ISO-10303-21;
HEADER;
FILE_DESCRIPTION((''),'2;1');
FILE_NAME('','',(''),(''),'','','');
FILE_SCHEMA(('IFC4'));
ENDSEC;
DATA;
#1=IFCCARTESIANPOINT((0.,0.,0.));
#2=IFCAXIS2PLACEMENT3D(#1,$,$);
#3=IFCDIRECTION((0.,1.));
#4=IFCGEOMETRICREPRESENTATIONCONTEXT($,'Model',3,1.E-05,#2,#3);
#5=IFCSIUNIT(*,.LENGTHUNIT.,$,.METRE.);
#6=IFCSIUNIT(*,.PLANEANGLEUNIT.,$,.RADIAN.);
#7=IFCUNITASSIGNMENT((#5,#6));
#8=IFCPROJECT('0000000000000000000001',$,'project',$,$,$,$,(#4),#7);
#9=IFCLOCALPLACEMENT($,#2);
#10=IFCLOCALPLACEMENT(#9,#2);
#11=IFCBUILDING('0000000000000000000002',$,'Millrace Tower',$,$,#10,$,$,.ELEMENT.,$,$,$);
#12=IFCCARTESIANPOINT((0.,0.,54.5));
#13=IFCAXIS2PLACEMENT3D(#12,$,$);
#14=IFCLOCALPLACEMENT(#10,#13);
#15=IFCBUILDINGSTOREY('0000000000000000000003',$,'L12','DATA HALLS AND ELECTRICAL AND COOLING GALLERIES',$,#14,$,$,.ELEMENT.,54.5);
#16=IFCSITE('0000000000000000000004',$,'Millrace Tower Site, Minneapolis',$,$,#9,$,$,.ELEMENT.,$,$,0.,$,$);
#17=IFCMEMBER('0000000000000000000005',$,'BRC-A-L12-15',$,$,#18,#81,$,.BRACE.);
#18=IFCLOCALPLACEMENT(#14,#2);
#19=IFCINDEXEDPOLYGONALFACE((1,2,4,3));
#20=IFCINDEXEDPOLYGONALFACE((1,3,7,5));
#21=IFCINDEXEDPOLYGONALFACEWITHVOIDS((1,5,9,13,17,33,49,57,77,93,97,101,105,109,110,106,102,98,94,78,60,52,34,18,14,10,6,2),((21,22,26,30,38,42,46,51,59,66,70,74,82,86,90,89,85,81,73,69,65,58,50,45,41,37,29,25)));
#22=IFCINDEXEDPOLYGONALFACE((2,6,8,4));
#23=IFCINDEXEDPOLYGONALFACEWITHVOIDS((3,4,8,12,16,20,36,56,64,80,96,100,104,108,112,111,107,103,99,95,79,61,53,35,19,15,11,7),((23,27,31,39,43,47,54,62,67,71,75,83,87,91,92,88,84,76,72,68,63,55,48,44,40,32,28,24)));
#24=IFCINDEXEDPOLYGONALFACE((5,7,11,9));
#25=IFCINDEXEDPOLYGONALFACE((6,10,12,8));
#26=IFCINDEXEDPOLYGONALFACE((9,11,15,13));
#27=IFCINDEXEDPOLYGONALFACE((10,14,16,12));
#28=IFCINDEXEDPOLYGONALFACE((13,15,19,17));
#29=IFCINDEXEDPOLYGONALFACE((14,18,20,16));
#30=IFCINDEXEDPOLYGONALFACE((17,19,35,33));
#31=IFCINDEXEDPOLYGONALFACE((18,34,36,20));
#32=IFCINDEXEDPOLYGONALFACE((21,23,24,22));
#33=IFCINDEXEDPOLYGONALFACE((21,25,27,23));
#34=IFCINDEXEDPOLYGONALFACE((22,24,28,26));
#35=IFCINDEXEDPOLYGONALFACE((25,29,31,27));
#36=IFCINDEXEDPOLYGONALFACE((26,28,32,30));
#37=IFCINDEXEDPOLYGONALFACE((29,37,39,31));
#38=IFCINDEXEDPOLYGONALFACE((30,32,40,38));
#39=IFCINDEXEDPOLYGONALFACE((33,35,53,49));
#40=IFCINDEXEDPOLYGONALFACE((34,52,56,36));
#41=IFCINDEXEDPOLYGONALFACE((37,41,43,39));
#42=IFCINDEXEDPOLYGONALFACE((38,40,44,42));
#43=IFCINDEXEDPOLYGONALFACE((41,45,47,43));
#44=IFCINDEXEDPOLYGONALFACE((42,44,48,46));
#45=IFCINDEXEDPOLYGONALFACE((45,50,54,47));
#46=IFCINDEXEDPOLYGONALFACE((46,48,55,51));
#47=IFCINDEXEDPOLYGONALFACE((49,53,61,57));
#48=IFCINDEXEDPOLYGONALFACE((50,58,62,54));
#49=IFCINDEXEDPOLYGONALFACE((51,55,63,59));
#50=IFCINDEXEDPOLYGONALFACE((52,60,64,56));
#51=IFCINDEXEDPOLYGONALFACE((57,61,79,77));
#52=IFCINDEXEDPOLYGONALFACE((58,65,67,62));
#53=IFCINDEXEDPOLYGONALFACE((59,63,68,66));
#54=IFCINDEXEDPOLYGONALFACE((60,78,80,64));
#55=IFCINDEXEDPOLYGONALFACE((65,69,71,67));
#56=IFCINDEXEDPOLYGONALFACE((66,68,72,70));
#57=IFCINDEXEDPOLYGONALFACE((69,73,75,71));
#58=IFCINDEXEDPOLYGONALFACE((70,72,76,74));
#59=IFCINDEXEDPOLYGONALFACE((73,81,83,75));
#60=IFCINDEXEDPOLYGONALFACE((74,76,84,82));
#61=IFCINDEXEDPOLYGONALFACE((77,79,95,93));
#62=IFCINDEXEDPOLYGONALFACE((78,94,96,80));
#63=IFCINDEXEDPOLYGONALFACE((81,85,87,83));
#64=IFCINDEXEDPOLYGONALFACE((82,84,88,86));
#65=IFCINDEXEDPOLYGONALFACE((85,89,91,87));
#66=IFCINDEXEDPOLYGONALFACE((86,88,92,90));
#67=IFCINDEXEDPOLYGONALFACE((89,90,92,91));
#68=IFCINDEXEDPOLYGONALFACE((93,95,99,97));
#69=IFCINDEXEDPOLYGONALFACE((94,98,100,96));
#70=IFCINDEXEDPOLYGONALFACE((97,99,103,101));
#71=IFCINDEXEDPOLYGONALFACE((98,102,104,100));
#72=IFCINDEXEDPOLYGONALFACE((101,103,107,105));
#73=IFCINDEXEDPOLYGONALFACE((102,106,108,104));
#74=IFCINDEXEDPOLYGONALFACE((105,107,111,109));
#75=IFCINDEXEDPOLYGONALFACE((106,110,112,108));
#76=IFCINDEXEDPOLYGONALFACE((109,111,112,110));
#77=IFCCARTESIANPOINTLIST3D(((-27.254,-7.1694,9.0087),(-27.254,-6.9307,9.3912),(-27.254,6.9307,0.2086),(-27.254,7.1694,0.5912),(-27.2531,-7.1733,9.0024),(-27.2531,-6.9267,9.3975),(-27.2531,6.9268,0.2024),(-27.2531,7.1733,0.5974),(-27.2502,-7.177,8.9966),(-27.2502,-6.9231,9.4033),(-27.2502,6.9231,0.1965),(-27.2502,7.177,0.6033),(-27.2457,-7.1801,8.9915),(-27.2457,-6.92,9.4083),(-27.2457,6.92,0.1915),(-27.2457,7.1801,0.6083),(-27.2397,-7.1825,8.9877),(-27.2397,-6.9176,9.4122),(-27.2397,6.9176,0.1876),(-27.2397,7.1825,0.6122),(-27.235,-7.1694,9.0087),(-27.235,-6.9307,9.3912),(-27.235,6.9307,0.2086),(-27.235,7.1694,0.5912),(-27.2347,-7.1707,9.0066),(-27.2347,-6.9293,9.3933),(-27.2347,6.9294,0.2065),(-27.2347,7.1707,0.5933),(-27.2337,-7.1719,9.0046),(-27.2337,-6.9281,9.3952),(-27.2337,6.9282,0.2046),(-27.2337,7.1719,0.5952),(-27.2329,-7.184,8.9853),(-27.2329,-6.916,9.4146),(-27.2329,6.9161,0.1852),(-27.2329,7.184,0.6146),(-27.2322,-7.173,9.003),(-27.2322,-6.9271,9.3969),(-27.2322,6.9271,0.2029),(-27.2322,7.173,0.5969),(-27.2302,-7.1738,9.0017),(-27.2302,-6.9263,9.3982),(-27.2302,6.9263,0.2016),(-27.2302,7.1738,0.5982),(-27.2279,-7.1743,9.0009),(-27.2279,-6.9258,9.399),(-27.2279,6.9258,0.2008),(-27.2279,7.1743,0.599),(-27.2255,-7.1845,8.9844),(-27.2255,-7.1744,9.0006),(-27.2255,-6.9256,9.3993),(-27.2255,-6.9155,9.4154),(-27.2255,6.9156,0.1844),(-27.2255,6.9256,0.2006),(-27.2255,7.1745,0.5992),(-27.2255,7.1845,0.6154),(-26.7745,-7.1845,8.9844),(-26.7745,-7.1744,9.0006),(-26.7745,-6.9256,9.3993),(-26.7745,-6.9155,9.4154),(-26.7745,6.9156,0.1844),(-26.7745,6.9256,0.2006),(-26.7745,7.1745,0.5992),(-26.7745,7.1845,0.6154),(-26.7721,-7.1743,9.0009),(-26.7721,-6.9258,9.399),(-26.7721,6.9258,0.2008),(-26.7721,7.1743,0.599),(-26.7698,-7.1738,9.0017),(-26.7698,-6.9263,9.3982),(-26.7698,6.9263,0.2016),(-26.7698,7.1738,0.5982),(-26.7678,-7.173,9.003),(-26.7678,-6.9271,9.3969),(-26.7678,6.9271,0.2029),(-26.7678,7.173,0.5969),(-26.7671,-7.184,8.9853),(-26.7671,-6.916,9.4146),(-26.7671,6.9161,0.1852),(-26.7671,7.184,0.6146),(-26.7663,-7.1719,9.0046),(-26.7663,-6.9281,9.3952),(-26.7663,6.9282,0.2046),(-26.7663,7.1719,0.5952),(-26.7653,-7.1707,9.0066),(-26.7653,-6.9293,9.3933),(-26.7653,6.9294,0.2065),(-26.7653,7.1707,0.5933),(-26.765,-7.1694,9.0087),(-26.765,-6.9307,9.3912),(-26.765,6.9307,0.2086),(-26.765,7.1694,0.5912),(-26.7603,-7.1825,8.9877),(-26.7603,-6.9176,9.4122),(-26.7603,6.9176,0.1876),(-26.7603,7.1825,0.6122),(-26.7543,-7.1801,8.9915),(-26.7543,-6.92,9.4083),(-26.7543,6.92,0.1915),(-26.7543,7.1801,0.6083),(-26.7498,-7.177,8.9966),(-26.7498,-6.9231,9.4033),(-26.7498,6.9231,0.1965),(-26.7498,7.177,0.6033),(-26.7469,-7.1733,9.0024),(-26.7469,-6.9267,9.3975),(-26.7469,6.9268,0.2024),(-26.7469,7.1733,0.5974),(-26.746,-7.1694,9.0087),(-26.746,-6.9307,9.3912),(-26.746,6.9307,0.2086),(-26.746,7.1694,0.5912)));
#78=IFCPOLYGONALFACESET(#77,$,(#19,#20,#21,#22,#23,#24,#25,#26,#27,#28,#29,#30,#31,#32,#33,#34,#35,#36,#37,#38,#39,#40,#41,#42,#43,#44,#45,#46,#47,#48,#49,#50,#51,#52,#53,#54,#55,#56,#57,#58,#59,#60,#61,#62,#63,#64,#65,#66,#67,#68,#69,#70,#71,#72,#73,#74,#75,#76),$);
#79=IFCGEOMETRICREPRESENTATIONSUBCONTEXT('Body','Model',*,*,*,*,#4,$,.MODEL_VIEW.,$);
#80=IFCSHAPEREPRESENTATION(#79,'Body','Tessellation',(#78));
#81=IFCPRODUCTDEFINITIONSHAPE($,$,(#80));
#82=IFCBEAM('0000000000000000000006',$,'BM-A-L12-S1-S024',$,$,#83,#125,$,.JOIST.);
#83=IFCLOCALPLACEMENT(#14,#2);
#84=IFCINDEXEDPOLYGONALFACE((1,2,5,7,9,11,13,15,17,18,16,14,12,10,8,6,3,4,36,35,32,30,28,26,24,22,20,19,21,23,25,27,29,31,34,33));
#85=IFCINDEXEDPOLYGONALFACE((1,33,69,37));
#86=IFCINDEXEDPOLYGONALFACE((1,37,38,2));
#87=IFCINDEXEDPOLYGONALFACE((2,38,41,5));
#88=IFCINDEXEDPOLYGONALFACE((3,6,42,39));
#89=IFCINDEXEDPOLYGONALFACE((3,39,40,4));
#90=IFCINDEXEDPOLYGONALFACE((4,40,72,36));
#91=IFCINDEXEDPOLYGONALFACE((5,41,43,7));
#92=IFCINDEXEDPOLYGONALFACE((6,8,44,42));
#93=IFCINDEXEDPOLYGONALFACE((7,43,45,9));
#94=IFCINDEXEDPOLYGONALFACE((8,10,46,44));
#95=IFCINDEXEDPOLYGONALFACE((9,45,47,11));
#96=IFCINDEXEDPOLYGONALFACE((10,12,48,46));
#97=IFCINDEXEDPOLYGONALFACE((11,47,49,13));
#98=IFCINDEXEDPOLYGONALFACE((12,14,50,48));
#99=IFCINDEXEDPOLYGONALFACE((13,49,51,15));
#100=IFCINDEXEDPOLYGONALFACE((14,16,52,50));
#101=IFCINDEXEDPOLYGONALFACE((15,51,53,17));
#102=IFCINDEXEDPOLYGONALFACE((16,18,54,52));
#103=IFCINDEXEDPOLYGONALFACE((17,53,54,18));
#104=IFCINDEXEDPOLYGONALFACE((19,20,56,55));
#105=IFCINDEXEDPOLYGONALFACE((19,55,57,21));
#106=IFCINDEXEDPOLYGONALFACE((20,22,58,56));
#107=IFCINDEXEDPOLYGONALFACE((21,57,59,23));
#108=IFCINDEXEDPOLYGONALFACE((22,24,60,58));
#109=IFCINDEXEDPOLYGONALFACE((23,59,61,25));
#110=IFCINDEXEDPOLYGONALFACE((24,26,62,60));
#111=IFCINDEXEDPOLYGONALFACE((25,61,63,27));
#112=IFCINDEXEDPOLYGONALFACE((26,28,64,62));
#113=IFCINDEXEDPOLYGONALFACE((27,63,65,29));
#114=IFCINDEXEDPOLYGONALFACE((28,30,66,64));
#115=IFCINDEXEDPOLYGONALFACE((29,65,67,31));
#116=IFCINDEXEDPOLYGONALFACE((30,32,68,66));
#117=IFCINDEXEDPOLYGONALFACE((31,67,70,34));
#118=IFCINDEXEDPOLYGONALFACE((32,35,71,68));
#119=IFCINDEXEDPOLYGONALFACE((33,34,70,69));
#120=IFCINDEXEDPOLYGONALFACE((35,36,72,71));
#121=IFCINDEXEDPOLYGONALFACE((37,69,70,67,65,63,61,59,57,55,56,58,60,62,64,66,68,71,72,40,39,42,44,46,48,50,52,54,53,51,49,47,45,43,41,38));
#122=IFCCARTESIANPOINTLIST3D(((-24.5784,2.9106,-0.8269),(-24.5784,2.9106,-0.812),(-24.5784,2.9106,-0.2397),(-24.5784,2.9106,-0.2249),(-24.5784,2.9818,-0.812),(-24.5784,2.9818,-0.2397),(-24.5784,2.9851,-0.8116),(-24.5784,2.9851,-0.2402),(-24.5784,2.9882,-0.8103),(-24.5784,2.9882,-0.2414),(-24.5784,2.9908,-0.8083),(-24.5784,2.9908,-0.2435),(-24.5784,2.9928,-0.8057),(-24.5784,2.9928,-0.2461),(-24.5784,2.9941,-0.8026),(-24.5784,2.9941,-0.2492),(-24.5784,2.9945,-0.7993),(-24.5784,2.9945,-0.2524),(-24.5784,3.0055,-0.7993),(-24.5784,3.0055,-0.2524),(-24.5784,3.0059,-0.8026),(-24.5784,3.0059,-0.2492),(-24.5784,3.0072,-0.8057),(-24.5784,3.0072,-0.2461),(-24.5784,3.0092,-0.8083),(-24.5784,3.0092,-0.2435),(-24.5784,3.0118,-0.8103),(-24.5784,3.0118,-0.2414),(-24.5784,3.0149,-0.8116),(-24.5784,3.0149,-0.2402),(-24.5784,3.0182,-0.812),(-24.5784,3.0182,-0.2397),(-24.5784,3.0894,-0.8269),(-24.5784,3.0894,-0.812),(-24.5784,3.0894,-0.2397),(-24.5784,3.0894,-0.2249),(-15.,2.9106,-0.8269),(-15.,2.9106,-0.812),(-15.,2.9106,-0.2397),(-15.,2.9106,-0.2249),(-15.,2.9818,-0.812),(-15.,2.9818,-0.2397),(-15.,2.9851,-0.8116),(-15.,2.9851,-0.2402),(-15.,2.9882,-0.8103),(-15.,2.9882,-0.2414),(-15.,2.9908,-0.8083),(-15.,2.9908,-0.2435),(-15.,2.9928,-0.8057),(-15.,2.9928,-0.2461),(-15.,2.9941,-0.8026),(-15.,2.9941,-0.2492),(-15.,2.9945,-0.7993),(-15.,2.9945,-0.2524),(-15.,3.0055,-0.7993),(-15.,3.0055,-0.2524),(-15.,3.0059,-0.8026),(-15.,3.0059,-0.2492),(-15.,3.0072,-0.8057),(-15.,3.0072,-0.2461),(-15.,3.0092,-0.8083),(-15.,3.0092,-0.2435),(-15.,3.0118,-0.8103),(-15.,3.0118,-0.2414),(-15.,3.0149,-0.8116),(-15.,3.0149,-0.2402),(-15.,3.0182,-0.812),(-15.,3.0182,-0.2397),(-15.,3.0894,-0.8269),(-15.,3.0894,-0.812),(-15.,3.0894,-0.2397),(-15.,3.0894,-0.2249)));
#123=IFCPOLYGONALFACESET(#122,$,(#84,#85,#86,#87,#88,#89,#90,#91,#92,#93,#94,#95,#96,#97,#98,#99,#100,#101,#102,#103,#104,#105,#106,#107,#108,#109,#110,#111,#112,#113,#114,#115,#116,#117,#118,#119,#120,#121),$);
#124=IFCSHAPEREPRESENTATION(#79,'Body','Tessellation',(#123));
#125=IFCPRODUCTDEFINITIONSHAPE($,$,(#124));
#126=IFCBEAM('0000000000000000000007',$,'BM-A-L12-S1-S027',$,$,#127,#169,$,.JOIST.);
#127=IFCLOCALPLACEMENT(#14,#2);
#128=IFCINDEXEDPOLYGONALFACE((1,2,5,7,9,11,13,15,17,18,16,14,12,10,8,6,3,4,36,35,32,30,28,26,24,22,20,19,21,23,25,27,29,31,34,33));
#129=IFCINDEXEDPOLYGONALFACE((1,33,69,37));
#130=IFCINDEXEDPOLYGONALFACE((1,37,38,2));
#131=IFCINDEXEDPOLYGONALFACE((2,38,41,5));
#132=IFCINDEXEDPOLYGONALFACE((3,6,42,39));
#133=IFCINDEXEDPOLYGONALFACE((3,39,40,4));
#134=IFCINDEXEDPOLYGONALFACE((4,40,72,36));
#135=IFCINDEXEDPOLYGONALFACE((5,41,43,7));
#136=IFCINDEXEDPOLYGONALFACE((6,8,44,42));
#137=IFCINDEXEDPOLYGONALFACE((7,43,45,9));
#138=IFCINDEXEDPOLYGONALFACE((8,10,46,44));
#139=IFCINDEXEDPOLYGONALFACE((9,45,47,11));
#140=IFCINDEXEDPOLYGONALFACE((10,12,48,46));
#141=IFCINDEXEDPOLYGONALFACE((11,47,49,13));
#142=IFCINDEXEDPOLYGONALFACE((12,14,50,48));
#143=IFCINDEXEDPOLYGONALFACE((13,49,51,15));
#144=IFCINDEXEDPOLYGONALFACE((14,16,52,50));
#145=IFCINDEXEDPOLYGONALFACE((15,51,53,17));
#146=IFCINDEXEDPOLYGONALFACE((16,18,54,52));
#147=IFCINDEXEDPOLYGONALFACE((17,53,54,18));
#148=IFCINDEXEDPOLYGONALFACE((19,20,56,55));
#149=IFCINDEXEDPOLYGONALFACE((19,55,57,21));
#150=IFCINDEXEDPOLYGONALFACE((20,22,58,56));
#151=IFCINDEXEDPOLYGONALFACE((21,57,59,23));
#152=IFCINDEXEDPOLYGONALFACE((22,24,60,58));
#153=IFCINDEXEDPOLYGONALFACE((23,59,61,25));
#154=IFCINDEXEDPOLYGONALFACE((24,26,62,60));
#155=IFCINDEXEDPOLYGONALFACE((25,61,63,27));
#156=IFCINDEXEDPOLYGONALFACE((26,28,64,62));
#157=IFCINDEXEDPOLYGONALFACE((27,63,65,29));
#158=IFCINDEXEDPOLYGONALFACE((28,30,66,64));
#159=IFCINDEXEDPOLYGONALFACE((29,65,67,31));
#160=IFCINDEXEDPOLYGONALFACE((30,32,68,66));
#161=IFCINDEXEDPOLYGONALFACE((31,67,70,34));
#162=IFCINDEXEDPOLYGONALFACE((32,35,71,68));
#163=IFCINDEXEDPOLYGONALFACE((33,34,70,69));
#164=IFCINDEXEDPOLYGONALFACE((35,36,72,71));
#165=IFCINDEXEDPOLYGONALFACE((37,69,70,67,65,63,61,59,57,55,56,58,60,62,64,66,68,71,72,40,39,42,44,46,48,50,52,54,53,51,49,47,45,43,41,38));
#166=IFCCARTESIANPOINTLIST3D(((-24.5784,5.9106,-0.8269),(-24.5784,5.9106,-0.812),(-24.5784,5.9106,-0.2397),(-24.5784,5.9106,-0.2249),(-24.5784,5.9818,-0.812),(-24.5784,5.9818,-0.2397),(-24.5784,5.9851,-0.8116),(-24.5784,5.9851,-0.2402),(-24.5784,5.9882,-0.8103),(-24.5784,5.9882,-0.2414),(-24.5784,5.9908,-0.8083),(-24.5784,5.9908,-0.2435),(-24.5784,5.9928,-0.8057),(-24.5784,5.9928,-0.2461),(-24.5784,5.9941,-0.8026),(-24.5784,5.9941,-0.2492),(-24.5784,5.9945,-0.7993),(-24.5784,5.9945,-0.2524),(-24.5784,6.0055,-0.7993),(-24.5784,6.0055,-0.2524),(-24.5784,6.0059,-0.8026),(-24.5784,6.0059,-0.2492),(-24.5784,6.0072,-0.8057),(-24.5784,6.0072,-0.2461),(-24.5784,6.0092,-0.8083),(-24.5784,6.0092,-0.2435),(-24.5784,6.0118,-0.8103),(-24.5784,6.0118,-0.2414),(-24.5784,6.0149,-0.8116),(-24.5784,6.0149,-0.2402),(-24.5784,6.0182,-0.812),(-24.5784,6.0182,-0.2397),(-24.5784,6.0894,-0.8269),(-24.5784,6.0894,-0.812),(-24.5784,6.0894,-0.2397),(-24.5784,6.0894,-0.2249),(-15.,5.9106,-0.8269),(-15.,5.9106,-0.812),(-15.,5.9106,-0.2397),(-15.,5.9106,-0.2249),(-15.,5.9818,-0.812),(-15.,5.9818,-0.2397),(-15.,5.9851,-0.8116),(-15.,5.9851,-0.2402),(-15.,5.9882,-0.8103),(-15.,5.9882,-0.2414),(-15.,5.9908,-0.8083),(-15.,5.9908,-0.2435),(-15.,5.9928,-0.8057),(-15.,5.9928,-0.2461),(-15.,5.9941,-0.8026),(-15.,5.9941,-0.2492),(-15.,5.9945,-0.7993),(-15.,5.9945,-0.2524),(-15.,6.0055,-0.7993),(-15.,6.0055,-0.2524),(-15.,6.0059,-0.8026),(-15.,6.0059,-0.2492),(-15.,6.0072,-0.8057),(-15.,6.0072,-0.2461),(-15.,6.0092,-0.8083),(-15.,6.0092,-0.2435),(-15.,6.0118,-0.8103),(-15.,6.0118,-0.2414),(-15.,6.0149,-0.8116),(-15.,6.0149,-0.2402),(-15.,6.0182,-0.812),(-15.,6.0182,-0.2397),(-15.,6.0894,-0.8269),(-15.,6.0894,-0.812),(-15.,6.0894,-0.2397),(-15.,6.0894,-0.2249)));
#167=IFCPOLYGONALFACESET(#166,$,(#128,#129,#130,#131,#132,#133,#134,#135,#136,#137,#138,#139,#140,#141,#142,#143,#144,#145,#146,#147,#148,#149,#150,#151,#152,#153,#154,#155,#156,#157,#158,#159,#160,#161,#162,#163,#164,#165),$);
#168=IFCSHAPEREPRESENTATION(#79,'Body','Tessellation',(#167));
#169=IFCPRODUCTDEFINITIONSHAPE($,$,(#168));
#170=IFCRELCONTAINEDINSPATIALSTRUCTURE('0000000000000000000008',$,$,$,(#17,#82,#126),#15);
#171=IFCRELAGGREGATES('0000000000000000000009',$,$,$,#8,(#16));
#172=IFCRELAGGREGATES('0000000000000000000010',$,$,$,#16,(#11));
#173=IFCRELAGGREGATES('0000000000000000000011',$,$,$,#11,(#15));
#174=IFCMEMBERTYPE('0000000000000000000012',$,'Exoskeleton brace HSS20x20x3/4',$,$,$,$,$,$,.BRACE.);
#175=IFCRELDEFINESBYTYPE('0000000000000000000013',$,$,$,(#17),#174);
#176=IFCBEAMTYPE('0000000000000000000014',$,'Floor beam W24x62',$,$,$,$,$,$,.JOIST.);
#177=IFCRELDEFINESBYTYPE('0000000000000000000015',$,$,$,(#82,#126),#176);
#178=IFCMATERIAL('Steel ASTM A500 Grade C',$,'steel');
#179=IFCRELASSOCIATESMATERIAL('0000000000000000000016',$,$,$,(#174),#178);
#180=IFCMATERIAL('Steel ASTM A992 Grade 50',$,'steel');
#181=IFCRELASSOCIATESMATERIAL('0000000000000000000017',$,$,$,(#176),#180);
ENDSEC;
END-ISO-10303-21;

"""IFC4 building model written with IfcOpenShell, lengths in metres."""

from ifc_helpers import new_model, si_unit, direction, frame, origin, origin_2d, place, context, subcontext, project, spatial, hollow_rectangle, i_section, extrude, material, material_profile, profile_set, type_object, element, save


model = new_model("IFC4")

# Units and contexts
model_context = context("Model", 3, precision=1e-05, world=origin(), true_north=direction((0.0, 1.0)))
body_context = subcontext(model_context, "Body", "Model", "MODEL_VIEW")
ifc_project = project(units=[si_unit("LENGTHUNIT", "METRE"), si_unit("PLANEANGLEUNIT", "RADIAN")], contexts=[model_context])

# Site, building, storey
site_placement = place(None, origin())
site = spatial("IfcSite", under=ifc_project, at=site_placement, Name="Millrace Tower Site, Minneapolis", CompositionType="ELEMENT", RefElevation=0.0)
building_placement = place(site_placement, origin())
building = spatial("IfcBuilding", under=site, at=building_placement, Name="Millrace Tower", CompositionType="ELEMENT")
storey_placement = place(building_placement, frame((0.0, 0.0, 54.5)))
storey = spatial("IfcBuildingStorey", under=building, at=storey_placement, Name="L12", Description="DATA HALLS AND ELECTRICAL AND COOLING GALLERIES", CompositionType="ELEMENT", Elevation=54.5)

# Member
ifc_material_1 = material(Name="Steel ASTM A500 Grade C", Category="steel")
ifc_material_profile_1 = material_profile(ifc_material_1, hollow_rectangle(XDim=0.5081, YDim=0.5081, WallThickness=0.019, InnerFilletRadius=0.0095, OuterFilletRadius=0.0286, at=origin_2d()))
ifc_profile_set_1 = profile_set([ifc_material_profile_1], Name="Steel ASTM A500 Grade C")
member_type_1 = type_object("IfcMemberType", Name="Exoskeleton brace HSS20x20x3/4", PredefinedType="BRACE", material=ifc_profile_set_1)
member_1_placement = place(storey_placement, frame((-27.0, 7.05, 0.3999), z_axis=(0.0, -0.848336, 0.529457), x_axis=(1.0, 0.0, 0.0)))
element("IfcMember", 1, at=member_1_placement, inside=storey, type_object=member_type_1, Name="BRC-A-L12-15", PredefinedType="BRACE", context=body_context, shape_type="SweptSolid", body=[
    extrude(hollow_rectangle(XDim=0.5081, YDim=0.5081, WallThickness=0.019, InnerFilletRadius=0.0095, OuterFilletRadius=0.0286, at=origin_2d()), origin(), (0.0, 0.0, 1.0), 16.6208),
])

# Beams
ifc_material_2 = material(Name="Steel ASTM A992 Grade 50", Category="steel")
ifc_material_profile_2 = material_profile(ifc_material_2, i_section(OverallWidth=0.1787, OverallDepth=0.6021, WebThickness=0.011, FlangeThickness=0.0149, FilletRadius=0.0127, at=origin_2d()))
ifc_profile_set_2 = profile_set([ifc_material_profile_2], Name="Steel ASTM A992 Grade 50")
beam_type_1 = type_object("IfcBeamType", Name="Floor beam W24x62", PredefinedType="JOIST", material=ifc_profile_set_2)
for number, where, z_axis, x_axis, name in (
    (2, (-24.5784, 3.0, -0.5259), (1.0, 0.0, 0.0), (0.0, 1.0, 0.0), "BM-A-L12-S1-S024"),
    (3, (-24.5784, 6.0, -0.5259), (1.0, 0.0, 0.0), (0.0, 1.0, 0.0), "BM-A-L12-S1-S027"),
):
    element("IfcBeam", number, at=place(storey_placement, frame(where, z_axis=z_axis, x_axis=x_axis)), inside=storey, type_object=beam_type_1, Name=name, PredefinedType="JOIST", context=body_context, shape_type="SweptSolid", body=[
        extrude(i_section(OverallWidth=0.1787, OverallDepth=0.6021, WebThickness=0.011, FlangeThickness=0.0149, FilletRadius=0.0127, at=origin_2d()), origin(), (0.0, 0.0, 1.0), 9.5784),
    ])

save(model, "model.ifc")
